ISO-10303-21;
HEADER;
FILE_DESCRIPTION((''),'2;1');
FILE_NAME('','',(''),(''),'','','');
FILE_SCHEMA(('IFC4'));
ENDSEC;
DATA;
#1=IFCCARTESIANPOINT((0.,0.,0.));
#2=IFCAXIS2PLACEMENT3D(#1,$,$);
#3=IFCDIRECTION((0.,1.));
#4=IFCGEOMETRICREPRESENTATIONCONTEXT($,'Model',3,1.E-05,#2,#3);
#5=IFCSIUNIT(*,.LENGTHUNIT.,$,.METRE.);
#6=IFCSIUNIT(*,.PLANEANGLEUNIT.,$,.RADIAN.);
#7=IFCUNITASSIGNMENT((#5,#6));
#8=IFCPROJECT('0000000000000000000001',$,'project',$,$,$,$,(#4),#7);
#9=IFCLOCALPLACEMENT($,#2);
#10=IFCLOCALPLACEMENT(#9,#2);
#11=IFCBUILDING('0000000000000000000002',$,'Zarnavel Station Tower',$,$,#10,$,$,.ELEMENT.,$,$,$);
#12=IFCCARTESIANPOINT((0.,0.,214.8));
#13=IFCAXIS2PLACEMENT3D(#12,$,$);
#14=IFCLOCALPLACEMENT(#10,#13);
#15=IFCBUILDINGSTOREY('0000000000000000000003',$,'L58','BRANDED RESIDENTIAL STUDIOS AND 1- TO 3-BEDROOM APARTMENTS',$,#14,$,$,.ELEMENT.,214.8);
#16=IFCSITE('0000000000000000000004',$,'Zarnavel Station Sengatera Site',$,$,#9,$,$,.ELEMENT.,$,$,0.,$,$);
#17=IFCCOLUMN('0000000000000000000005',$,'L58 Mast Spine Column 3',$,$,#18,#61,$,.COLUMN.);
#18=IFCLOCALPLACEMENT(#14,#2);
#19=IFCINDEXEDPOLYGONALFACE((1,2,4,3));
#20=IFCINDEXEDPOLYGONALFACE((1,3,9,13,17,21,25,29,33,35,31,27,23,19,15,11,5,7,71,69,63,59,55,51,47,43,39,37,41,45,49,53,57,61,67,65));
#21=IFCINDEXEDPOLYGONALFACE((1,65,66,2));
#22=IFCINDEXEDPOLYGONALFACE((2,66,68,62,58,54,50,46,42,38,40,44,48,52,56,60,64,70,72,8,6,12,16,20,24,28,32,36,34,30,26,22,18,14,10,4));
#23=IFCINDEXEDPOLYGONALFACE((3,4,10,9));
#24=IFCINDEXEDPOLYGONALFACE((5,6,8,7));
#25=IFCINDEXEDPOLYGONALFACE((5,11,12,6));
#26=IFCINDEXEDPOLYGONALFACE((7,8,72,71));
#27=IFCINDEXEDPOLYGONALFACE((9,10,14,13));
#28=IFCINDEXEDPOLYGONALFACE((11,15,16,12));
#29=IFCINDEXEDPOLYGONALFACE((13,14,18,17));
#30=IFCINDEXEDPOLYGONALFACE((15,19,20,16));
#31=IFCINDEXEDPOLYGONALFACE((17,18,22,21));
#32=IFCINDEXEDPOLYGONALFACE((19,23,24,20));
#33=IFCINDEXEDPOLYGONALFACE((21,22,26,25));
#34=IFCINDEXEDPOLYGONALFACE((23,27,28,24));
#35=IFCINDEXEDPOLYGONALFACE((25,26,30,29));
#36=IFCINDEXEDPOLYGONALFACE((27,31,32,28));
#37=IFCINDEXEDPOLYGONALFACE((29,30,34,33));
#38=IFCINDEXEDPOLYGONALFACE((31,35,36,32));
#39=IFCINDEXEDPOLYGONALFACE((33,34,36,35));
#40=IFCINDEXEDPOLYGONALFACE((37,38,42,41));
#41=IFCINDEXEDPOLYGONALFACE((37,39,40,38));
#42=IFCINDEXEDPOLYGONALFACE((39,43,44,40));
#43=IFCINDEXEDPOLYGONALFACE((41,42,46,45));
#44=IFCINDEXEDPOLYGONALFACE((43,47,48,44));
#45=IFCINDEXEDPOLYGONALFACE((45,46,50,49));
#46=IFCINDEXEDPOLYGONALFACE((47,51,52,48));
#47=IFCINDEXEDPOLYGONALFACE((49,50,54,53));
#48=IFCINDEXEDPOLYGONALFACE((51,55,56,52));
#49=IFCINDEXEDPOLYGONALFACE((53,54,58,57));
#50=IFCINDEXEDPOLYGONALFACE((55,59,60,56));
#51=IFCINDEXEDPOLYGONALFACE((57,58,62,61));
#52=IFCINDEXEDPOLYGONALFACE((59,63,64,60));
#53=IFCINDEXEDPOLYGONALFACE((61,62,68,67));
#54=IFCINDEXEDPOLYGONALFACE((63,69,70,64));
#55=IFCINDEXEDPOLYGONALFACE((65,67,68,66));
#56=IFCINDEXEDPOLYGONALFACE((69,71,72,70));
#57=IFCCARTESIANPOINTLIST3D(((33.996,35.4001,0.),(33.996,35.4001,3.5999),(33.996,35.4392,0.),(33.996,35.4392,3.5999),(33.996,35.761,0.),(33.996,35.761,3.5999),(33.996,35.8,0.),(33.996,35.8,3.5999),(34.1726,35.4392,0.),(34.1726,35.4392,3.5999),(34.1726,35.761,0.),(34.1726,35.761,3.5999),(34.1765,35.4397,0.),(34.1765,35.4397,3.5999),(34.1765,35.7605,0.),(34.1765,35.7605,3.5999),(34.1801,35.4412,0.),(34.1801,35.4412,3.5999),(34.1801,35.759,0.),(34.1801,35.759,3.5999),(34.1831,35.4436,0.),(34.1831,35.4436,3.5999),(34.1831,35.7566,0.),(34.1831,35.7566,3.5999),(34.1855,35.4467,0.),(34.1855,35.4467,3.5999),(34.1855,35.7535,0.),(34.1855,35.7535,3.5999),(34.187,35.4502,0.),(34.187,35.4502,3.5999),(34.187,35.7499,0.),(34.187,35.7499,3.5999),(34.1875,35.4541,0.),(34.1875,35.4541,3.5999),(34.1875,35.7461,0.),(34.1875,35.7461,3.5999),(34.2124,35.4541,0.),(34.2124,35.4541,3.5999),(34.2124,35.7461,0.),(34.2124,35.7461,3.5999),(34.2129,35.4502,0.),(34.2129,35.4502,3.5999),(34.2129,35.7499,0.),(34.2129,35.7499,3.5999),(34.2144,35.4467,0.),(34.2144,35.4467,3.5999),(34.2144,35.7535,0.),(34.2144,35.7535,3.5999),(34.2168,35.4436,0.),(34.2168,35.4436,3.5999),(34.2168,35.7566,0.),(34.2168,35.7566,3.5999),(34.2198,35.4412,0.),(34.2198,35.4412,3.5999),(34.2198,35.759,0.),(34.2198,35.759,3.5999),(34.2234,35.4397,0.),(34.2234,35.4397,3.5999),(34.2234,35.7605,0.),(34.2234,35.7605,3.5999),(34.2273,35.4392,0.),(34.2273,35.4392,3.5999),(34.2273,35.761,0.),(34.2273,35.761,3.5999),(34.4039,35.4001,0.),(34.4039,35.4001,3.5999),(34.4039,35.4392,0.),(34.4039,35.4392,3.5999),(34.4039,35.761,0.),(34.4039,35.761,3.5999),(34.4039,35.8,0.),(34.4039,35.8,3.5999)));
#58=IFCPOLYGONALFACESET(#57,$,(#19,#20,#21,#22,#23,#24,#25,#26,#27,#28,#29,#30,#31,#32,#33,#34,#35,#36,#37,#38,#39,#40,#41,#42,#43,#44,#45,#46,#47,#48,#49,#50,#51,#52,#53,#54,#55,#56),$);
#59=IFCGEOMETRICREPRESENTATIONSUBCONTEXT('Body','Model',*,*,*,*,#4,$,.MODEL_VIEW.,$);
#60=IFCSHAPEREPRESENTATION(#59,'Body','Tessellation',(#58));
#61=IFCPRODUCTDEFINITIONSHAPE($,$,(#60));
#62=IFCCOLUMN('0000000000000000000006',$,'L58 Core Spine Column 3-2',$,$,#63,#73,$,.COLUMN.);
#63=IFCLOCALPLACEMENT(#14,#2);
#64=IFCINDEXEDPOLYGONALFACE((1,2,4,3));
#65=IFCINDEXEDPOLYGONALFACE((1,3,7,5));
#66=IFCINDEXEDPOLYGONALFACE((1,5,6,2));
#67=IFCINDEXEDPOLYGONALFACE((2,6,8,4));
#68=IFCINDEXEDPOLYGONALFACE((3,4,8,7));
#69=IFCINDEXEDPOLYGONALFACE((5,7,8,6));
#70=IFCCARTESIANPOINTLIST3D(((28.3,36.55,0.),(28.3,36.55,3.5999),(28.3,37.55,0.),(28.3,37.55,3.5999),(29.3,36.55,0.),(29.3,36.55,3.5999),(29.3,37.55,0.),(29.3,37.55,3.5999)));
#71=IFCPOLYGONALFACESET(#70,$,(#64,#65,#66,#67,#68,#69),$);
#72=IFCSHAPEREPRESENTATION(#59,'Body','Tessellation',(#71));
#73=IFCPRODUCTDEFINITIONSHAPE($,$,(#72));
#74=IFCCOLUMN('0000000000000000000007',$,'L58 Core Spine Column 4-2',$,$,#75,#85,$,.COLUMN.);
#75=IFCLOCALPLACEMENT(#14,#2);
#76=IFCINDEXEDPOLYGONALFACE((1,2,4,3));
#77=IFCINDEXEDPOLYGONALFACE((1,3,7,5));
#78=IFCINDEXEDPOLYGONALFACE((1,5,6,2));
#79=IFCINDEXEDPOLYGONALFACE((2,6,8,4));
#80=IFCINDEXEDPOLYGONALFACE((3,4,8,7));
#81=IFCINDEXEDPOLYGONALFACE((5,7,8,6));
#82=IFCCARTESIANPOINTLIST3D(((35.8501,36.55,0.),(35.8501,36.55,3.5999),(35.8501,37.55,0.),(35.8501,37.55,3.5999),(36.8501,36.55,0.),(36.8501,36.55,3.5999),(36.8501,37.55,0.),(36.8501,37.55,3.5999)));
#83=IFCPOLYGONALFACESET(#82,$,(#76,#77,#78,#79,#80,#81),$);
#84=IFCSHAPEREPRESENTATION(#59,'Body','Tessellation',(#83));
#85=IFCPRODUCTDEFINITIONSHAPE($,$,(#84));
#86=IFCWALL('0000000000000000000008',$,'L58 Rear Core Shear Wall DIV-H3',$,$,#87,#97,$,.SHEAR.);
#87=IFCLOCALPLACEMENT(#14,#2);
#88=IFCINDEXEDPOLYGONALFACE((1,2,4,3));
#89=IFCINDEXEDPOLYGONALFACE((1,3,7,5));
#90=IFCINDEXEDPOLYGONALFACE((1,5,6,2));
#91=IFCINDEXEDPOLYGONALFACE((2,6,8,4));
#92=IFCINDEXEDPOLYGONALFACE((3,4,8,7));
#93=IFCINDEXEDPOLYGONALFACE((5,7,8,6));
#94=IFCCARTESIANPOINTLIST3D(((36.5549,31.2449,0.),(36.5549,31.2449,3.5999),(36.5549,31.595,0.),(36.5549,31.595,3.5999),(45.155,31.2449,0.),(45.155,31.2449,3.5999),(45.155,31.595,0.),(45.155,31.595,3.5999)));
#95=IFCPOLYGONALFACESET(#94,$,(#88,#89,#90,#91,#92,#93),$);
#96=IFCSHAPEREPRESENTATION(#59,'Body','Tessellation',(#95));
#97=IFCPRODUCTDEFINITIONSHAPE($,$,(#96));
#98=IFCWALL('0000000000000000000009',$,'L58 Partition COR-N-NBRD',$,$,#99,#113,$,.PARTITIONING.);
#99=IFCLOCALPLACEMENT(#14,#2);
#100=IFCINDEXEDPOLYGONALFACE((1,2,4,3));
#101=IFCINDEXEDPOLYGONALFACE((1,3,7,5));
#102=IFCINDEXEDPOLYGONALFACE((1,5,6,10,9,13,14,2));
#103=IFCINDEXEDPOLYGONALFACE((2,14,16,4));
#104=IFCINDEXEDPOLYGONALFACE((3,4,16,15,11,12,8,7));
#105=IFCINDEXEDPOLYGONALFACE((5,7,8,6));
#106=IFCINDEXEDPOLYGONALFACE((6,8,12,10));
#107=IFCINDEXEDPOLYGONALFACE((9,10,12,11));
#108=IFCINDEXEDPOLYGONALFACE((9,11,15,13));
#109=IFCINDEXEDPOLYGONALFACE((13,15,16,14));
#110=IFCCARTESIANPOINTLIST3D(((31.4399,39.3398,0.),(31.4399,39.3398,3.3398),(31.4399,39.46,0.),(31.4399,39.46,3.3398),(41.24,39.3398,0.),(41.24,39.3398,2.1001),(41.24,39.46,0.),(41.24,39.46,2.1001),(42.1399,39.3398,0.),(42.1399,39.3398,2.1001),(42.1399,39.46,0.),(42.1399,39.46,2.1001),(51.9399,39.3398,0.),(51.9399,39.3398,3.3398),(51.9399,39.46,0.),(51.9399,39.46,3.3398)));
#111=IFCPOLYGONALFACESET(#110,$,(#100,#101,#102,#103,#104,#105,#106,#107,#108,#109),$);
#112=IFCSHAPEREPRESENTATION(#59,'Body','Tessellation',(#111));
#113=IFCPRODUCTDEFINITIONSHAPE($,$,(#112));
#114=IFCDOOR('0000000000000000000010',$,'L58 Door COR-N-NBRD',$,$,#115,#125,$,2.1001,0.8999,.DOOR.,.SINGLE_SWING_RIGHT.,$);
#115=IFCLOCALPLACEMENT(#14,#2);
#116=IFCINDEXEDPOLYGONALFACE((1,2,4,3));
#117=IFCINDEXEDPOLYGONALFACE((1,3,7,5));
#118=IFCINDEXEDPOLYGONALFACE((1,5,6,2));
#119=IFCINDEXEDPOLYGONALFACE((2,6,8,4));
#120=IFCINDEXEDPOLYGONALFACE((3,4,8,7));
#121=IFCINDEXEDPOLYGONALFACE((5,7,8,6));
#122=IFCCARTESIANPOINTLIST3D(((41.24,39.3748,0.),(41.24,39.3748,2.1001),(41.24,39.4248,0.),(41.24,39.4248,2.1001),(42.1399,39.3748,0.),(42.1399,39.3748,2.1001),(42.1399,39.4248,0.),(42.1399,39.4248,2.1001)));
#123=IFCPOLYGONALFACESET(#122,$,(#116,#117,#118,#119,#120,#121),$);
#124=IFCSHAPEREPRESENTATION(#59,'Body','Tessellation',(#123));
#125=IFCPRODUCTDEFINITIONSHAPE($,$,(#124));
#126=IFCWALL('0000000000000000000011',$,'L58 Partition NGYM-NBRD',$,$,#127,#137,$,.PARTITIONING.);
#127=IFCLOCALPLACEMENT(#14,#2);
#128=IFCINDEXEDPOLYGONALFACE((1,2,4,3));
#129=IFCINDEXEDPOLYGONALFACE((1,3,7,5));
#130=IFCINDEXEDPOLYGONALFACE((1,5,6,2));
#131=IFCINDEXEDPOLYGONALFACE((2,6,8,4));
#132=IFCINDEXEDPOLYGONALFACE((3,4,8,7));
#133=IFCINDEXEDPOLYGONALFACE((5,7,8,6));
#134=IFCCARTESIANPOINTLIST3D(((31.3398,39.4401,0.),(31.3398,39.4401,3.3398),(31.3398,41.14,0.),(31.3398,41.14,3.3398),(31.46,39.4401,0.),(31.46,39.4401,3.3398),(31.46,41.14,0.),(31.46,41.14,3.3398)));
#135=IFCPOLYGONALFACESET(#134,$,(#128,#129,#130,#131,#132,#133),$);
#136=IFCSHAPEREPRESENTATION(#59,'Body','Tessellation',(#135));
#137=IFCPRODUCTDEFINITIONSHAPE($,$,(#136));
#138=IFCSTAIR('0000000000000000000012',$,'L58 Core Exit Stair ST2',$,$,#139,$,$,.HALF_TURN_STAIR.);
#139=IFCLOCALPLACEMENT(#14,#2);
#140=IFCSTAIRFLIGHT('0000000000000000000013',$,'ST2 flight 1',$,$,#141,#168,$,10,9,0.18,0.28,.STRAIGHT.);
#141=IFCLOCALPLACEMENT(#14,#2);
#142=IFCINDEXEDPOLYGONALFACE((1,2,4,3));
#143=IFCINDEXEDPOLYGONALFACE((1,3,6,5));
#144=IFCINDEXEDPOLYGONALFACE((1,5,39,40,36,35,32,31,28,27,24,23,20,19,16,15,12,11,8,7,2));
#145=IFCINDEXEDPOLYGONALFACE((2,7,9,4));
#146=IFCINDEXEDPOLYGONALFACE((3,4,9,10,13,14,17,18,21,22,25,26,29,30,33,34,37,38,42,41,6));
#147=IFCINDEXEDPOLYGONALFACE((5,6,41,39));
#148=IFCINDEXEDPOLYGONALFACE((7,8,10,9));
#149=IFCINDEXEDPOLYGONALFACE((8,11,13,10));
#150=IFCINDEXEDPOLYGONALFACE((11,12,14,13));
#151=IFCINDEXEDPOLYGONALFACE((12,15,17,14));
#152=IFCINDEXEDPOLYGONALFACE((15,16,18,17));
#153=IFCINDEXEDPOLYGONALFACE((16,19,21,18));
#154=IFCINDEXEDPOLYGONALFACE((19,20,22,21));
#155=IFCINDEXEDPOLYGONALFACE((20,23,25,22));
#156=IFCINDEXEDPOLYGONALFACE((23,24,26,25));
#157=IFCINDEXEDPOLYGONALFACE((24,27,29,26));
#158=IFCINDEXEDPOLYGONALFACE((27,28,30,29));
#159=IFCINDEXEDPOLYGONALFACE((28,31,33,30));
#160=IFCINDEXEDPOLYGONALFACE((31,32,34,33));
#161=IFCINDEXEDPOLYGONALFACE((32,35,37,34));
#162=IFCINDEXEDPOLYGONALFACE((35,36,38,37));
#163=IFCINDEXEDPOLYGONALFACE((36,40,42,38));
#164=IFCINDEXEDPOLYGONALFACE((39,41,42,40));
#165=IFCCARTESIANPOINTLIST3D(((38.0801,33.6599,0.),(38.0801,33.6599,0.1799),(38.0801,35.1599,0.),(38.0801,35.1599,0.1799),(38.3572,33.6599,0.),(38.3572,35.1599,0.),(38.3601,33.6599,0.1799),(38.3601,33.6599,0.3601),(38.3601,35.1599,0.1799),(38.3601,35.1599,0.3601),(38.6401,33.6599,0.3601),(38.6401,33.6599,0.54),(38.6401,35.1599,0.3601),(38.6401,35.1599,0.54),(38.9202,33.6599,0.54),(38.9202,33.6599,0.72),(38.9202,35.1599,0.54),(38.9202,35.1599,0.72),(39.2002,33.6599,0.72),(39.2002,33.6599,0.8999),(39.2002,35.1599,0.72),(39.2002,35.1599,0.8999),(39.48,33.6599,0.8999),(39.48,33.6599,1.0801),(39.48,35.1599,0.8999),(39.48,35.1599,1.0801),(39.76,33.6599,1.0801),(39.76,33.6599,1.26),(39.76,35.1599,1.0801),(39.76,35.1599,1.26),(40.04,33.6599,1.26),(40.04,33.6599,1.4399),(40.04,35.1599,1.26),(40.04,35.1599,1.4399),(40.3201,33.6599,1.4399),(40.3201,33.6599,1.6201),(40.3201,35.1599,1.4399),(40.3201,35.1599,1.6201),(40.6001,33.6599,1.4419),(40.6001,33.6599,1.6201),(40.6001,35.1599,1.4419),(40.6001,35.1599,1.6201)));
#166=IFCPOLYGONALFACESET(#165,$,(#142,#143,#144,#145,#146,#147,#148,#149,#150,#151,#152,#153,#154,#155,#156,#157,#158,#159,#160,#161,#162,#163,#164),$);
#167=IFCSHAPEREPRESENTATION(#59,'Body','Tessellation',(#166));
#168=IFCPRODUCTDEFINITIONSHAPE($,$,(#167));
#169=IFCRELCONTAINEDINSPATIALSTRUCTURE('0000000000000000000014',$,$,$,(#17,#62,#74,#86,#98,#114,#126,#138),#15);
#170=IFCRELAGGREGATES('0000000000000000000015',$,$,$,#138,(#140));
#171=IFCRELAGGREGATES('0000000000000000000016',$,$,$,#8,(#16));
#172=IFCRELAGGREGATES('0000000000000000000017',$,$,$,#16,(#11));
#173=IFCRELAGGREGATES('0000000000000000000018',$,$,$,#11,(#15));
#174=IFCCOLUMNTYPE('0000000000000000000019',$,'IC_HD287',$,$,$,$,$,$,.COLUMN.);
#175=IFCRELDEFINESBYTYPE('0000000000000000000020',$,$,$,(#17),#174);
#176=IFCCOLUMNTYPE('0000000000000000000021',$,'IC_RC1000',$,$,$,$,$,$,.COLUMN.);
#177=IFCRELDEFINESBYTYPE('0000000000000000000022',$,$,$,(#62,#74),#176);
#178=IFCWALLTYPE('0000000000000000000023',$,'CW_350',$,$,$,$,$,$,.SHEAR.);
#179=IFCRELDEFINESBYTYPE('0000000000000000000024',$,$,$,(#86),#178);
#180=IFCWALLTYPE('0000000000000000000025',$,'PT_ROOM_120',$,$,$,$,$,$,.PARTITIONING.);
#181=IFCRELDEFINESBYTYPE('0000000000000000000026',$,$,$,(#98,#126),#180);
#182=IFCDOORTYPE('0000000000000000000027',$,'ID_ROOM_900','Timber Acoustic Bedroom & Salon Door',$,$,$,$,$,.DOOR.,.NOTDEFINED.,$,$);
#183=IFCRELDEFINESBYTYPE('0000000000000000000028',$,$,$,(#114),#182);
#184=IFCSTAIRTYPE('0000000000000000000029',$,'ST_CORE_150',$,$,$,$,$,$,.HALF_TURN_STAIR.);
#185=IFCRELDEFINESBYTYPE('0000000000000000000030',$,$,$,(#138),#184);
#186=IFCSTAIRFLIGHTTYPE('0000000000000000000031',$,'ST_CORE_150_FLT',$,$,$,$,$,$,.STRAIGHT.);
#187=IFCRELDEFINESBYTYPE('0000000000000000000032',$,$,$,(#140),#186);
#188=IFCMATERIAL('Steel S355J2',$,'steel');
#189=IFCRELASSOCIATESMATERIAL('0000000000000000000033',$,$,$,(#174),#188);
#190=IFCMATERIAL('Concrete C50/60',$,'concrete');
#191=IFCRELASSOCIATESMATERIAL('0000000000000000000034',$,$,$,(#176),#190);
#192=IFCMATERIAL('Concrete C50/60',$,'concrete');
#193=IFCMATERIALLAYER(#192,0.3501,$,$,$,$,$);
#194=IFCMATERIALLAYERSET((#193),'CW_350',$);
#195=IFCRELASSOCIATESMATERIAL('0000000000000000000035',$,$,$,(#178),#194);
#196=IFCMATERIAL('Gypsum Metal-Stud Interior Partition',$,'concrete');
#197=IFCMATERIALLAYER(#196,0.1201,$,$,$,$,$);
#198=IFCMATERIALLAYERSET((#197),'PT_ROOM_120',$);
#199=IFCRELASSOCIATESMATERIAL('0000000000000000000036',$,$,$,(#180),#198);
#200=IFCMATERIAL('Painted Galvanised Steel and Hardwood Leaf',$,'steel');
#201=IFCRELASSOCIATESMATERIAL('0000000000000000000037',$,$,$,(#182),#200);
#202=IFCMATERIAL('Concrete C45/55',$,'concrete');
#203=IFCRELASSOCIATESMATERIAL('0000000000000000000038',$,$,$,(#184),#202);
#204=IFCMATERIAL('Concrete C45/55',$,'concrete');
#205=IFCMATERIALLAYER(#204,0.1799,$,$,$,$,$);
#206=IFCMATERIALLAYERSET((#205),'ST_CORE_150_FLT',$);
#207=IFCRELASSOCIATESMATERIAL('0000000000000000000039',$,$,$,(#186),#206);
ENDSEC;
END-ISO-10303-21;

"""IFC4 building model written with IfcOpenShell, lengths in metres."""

from ifc_helpers import new_model, si_unit, direction, frame, frame_2d, origin, origin_2d, place, context, subcontext, project, spatial, polyline, rectangle, i_section, outline, extrude, material, layer, layer_set, material_profile, profile_set, type_object, element, fill, aggregate, save


model = new_model("IFC4")

# Units and contexts
model_context = context("Model", 3, precision=1e-05, world=origin(), true_north=direction((0.0, 1.0)))
body_context = subcontext(model_context, "Body", "Model", "MODEL_VIEW")
ifc_project = project(units=[si_unit("LENGTHUNIT", "METRE"), si_unit("PLANEANGLEUNIT", "RADIAN")], contexts=[model_context])

# Site, building, storey
site_placement = place(None, origin())
site = spatial("IfcSite", under=ifc_project, at=site_placement, Name="Zarnavel Station Sengatera Site", CompositionType="ELEMENT", RefElevation=0.0)
building_placement = place(site_placement, origin())
building = spatial("IfcBuilding", under=site, at=building_placement, Name="Zarnavel Station Tower", CompositionType="ELEMENT")
storey_placement = place(building_placement, frame((0.0, 0.0, 214.8)))
storey = spatial("IfcBuildingStorey", under=building, at=storey_placement, Name="L58", Description="BRANDED RESIDENTIAL STUDIOS AND 1- TO 3-BEDROOM APARTMENTS", CompositionType="ELEMENT", Elevation=214.8)

# Columns
ifc_material_1 = material(Name="Steel S355J2", Category="steel")
ifc_material_profile_1 = material_profile(ifc_material_1, i_section(OverallWidth=0.408, OverallDepth=0.3999, WebThickness=0.0249, FlangeThickness=0.0391, FilletRadius=0.0149, at=origin_2d()), Name="HD400x287")
ifc_profile_set_1 = profile_set([ifc_material_profile_1], Name="Steel S355J2")
column_type_1 = type_object("IfcColumnType", Name="IC_HD287", PredefinedType="COLUMN", material=ifc_profile_set_1)
column_placement = place(storey_placement, frame((34.2, 35.6001, 0.0), z_axis=(0.0, 0.0, 1.0), x_axis=(1.0, 0.0, 0.0)))
element("IfcColumn", 1, at=column_placement, inside=storey, type_object=column_type_1, Name="L58 Mast Spine Column 3", PredefinedType="COLUMN", context=body_context, shape_type="SweptSolid", body=[
    extrude(i_section(OverallWidth=0.408, OverallDepth=0.3999, WebThickness=0.0249, FlangeThickness=0.0391, FilletRadius=0.0149, at=origin_2d()), origin(), (0.0, 0.0, 1.0), 3.5999),
])
ifc_material_2 = material(Name="Concrete C50/60", Category="concrete")
ifc_material_profile_2 = material_profile(ifc_material_2, rectangle(XDim=1.0, YDim=1.0, at=origin_2d()), Name="RC1000x1000")
ifc_profile_set_2 = profile_set([ifc_material_profile_2], Name="Concrete C50/60")
column_type_2 = type_object("IfcColumnType", Name="IC_RC1000", PredefinedType="COLUMN", material=ifc_profile_set_2)
for number, where, z_axis, x_axis, name in (
    (2, (28.8, 37.05, 0.0), (0.0, 0.0, 1.0), (1.0, 0.0, 0.0), "L58 Core Spine Column 3-2"),
    (3, (36.3501, 37.05, 0.0), (0.0, 0.0, 1.0), (1.0, 0.0, 0.0), "L58 Core Spine Column 4-2"),
):
    element("IfcColumn", number, at=place(storey_placement, frame(where, z_axis=z_axis, x_axis=x_axis)), inside=storey, type_object=column_type_2, Name=name, PredefinedType="COLUMN", context=body_context, shape_type="SweptSolid", body=[
        extrude(rectangle(XDim=1.0, YDim=1.0, at=origin_2d()), origin(), (0.0, 0.0, 1.0), 3.5999),
    ])

# Wall
ifc_material_3 = material(Name="Concrete C50/60", Category="concrete")
ifc_layer_1 = layer(ifc_material_3, 0.3501)
ifc_layer_set_1 = layer_set([ifc_layer_1], Name="CW_350")
wall_type_1 = type_object("IfcWallType", Name="CW_350", PredefinedType="SHEAR", material=ifc_layer_set_1)
wall_1_placement = place(storey_placement, frame((36.5549, 31.4199, 0.0), z_axis=(0.0, 0.0, 1.0), x_axis=(1.0, 0.0, 0.0)))
element("IfcWall", 4, at=wall_1_placement, inside=storey, type_object=wall_type_1, Name="L58 Rear Core Shear Wall DIV-H3", PredefinedType="SHEAR", context=body_context, shape_type="SweptSolid", body=[
    extrude(rectangle(XDim=8.6001, YDim=0.3501, at=frame_2d((4.3, 0.0))), origin(), (0.0, 0.0, 1.0), 3.5999),
])

# Wall, opening, door
ifc_material_4 = material(Name="Gypsum Metal-Stud Interior Partition", Category="concrete")
ifc_layer_2 = layer(ifc_material_4, 0.1201)
ifc_layer_set_2 = layer_set([ifc_layer_2], Name="PT_ROOM_120")
wall_type_2 = type_object("IfcWallType", Name="PT_ROOM_120", PredefinedType="PARTITIONING", material=ifc_layer_set_2)
wall_2_placement = place(storey_placement, frame((31.4399, 39.3999, 0.0), z_axis=(0.0, 0.0, 1.0), x_axis=(1.0, 0.0, 0.0)))
wall_2 = element("IfcWall", 5, at=wall_2_placement, inside=storey, type_object=wall_type_2, Name="L58 Partition COR-N-NBRD", PredefinedType="PARTITIONING", context=body_context, shape_type="SweptSolid", body=[
    extrude(rectangle(XDim=20.5, YDim=0.1201, at=frame_2d((10.25, 0.0))), origin(), (0.0, 0.0, 1.0), 3.3398),
])
opening_1_placement = place(wall_2_placement, frame((9.8, 0.0, 0.0)))
opening_1 = element("IfcOpeningElement", 6, at=opening_1_placement, cuts=wall_2, PredefinedType="OPENING", context=body_context, shape_type="SweptSolid", body=[
    extrude(rectangle(XDim=0.8999, YDim=2.1001, at=frame_2d((0.45, 1.05))), frame((0.0, 0.0701, 0.0), z_axis=(0.0, -1.0, 0.0), x_axis=(1.0, 0.0, 0.0)), (0.0, 0.0, 1.0), 0.1401),
])
ifc_material_5 = material(Name="Painted Galvanised Steel and Hardwood Leaf", Category="steel")
door_type_1 = type_object("IfcDoorType", Name="ID_ROOM_900", Description="Timber Acoustic Bedroom & Salon Door", OperationType="NOTDEFINED", PredefinedType="DOOR", material=ifc_material_5)
door_1_placement = place(opening_1_placement, origin())
door_1 = element("IfcDoor", 7, at=door_1_placement, inside=storey, type_object=door_type_1, Name="L58 Door COR-N-NBRD", OperationType="SINGLE_SWING_RIGHT", OverallHeight=2.1001, OverallWidth=0.8999, PredefinedType="DOOR", context=body_context, shape_type="SweptSolid", body=[
    extrude(rectangle(XDim=0.8999, YDim=2.1001, at=frame_2d((0.45, 1.05))), frame((0.0, 0.0249, 0.0), z_axis=(0.0, -1.0, 0.0), x_axis=(1.0, 0.0, 0.0)), (0.0, 0.0, 1.0), 0.05),
])
fill(opening_1, door_1)

# Wall
wall_3_placement = place(storey_placement, frame((31.3999, 39.4399, 0.0), z_axis=(0.0, 0.0, 1.0), x_axis=(0.0, 1.0, 0.0)))
element("IfcWall", 8, at=wall_3_placement, inside=storey, type_object=wall_type_2, Name="L58 Partition NGYM-NBRD", PredefinedType="PARTITIONING", context=body_context, shape_type="SweptSolid", body=[
    extrude(rectangle(XDim=1.7, YDim=0.1201, at=frame_2d((0.8501, 0.0))), origin(), (0.0, 0.0, 1.0), 3.3398),
])

# Stair, stair flight
ifc_material_6 = material(Name="Concrete C45/55", Category="concrete")
stair_type = type_object("IfcStairType", Name="ST_CORE_150", PredefinedType="HALF_TURN_STAIR", material=ifc_material_6)
stair_placement = place(storey_placement, origin())
stair = element("IfcStair", 9, at=stair_placement, inside=storey, type_object=stair_type, Name="L58 Core Exit Stair ST2", PredefinedType="HALF_TURN_STAIR")
ifc_material_7 = material(Name="Concrete C45/55", Category="concrete")
ifc_layer_3 = layer(ifc_material_7, 0.1799)
ifc_layer_set_3 = layer_set([ifc_layer_3], Name="ST_CORE_150_FLT")
stair_flight_type = type_object("IfcStairFlightType", Name="ST_CORE_150_FLT", PredefinedType="STRAIGHT", material=ifc_layer_set_3)
stair_flight_1_placement = place(storey_placement, frame((38.0801, 34.4099, 0.0), z_axis=(0.0, 0.0, 1.0), x_axis=(1.0, 0.0, 0.0)))
stair_flight_1 = element("IfcStairFlight", 10, at=stair_flight_1_placement, type_object=stair_flight_type, Name="ST2 flight 1", NumberOfRisers=10, NumberOfTreads=9, PredefinedType="STRAIGHT", RiserHeight=0.18, TreadLength=0.28, context=body_context, shape_type="SweptSolid", body=[
    extrude(outline(polyline([(0.0, 0.0), (0.0, 0.1799), (0.28, 0.1799), (0.28, 0.3601), (0.5601, 0.3601), (0.5601, 0.54), (0.8401, 0.54), (0.8401, 0.72), (1.1201, 0.72), (1.1201, 0.8999), (1.3999, 0.8999), (1.3999, 1.0801), (1.6799, 1.0801), (1.6799, 1.26), (1.96, 1.26), (1.96, 1.4399), (2.24, 1.4399), (2.24, 1.6201), (2.52, 1.6201), (2.52, 1.8), (2.52, 1.4419), (0.2771, 0.0), (0.0, 0.0)])), frame((0.0, 0.75, 0.0), z_axis=(0.0, -1.0, 0.0), x_axis=(1.0, 0.0, 0.0)), (0.0, 0.0, 1.0), 1.5),
])
aggregate(stair, [stair_flight_1])

save(model, "model.ifc")
